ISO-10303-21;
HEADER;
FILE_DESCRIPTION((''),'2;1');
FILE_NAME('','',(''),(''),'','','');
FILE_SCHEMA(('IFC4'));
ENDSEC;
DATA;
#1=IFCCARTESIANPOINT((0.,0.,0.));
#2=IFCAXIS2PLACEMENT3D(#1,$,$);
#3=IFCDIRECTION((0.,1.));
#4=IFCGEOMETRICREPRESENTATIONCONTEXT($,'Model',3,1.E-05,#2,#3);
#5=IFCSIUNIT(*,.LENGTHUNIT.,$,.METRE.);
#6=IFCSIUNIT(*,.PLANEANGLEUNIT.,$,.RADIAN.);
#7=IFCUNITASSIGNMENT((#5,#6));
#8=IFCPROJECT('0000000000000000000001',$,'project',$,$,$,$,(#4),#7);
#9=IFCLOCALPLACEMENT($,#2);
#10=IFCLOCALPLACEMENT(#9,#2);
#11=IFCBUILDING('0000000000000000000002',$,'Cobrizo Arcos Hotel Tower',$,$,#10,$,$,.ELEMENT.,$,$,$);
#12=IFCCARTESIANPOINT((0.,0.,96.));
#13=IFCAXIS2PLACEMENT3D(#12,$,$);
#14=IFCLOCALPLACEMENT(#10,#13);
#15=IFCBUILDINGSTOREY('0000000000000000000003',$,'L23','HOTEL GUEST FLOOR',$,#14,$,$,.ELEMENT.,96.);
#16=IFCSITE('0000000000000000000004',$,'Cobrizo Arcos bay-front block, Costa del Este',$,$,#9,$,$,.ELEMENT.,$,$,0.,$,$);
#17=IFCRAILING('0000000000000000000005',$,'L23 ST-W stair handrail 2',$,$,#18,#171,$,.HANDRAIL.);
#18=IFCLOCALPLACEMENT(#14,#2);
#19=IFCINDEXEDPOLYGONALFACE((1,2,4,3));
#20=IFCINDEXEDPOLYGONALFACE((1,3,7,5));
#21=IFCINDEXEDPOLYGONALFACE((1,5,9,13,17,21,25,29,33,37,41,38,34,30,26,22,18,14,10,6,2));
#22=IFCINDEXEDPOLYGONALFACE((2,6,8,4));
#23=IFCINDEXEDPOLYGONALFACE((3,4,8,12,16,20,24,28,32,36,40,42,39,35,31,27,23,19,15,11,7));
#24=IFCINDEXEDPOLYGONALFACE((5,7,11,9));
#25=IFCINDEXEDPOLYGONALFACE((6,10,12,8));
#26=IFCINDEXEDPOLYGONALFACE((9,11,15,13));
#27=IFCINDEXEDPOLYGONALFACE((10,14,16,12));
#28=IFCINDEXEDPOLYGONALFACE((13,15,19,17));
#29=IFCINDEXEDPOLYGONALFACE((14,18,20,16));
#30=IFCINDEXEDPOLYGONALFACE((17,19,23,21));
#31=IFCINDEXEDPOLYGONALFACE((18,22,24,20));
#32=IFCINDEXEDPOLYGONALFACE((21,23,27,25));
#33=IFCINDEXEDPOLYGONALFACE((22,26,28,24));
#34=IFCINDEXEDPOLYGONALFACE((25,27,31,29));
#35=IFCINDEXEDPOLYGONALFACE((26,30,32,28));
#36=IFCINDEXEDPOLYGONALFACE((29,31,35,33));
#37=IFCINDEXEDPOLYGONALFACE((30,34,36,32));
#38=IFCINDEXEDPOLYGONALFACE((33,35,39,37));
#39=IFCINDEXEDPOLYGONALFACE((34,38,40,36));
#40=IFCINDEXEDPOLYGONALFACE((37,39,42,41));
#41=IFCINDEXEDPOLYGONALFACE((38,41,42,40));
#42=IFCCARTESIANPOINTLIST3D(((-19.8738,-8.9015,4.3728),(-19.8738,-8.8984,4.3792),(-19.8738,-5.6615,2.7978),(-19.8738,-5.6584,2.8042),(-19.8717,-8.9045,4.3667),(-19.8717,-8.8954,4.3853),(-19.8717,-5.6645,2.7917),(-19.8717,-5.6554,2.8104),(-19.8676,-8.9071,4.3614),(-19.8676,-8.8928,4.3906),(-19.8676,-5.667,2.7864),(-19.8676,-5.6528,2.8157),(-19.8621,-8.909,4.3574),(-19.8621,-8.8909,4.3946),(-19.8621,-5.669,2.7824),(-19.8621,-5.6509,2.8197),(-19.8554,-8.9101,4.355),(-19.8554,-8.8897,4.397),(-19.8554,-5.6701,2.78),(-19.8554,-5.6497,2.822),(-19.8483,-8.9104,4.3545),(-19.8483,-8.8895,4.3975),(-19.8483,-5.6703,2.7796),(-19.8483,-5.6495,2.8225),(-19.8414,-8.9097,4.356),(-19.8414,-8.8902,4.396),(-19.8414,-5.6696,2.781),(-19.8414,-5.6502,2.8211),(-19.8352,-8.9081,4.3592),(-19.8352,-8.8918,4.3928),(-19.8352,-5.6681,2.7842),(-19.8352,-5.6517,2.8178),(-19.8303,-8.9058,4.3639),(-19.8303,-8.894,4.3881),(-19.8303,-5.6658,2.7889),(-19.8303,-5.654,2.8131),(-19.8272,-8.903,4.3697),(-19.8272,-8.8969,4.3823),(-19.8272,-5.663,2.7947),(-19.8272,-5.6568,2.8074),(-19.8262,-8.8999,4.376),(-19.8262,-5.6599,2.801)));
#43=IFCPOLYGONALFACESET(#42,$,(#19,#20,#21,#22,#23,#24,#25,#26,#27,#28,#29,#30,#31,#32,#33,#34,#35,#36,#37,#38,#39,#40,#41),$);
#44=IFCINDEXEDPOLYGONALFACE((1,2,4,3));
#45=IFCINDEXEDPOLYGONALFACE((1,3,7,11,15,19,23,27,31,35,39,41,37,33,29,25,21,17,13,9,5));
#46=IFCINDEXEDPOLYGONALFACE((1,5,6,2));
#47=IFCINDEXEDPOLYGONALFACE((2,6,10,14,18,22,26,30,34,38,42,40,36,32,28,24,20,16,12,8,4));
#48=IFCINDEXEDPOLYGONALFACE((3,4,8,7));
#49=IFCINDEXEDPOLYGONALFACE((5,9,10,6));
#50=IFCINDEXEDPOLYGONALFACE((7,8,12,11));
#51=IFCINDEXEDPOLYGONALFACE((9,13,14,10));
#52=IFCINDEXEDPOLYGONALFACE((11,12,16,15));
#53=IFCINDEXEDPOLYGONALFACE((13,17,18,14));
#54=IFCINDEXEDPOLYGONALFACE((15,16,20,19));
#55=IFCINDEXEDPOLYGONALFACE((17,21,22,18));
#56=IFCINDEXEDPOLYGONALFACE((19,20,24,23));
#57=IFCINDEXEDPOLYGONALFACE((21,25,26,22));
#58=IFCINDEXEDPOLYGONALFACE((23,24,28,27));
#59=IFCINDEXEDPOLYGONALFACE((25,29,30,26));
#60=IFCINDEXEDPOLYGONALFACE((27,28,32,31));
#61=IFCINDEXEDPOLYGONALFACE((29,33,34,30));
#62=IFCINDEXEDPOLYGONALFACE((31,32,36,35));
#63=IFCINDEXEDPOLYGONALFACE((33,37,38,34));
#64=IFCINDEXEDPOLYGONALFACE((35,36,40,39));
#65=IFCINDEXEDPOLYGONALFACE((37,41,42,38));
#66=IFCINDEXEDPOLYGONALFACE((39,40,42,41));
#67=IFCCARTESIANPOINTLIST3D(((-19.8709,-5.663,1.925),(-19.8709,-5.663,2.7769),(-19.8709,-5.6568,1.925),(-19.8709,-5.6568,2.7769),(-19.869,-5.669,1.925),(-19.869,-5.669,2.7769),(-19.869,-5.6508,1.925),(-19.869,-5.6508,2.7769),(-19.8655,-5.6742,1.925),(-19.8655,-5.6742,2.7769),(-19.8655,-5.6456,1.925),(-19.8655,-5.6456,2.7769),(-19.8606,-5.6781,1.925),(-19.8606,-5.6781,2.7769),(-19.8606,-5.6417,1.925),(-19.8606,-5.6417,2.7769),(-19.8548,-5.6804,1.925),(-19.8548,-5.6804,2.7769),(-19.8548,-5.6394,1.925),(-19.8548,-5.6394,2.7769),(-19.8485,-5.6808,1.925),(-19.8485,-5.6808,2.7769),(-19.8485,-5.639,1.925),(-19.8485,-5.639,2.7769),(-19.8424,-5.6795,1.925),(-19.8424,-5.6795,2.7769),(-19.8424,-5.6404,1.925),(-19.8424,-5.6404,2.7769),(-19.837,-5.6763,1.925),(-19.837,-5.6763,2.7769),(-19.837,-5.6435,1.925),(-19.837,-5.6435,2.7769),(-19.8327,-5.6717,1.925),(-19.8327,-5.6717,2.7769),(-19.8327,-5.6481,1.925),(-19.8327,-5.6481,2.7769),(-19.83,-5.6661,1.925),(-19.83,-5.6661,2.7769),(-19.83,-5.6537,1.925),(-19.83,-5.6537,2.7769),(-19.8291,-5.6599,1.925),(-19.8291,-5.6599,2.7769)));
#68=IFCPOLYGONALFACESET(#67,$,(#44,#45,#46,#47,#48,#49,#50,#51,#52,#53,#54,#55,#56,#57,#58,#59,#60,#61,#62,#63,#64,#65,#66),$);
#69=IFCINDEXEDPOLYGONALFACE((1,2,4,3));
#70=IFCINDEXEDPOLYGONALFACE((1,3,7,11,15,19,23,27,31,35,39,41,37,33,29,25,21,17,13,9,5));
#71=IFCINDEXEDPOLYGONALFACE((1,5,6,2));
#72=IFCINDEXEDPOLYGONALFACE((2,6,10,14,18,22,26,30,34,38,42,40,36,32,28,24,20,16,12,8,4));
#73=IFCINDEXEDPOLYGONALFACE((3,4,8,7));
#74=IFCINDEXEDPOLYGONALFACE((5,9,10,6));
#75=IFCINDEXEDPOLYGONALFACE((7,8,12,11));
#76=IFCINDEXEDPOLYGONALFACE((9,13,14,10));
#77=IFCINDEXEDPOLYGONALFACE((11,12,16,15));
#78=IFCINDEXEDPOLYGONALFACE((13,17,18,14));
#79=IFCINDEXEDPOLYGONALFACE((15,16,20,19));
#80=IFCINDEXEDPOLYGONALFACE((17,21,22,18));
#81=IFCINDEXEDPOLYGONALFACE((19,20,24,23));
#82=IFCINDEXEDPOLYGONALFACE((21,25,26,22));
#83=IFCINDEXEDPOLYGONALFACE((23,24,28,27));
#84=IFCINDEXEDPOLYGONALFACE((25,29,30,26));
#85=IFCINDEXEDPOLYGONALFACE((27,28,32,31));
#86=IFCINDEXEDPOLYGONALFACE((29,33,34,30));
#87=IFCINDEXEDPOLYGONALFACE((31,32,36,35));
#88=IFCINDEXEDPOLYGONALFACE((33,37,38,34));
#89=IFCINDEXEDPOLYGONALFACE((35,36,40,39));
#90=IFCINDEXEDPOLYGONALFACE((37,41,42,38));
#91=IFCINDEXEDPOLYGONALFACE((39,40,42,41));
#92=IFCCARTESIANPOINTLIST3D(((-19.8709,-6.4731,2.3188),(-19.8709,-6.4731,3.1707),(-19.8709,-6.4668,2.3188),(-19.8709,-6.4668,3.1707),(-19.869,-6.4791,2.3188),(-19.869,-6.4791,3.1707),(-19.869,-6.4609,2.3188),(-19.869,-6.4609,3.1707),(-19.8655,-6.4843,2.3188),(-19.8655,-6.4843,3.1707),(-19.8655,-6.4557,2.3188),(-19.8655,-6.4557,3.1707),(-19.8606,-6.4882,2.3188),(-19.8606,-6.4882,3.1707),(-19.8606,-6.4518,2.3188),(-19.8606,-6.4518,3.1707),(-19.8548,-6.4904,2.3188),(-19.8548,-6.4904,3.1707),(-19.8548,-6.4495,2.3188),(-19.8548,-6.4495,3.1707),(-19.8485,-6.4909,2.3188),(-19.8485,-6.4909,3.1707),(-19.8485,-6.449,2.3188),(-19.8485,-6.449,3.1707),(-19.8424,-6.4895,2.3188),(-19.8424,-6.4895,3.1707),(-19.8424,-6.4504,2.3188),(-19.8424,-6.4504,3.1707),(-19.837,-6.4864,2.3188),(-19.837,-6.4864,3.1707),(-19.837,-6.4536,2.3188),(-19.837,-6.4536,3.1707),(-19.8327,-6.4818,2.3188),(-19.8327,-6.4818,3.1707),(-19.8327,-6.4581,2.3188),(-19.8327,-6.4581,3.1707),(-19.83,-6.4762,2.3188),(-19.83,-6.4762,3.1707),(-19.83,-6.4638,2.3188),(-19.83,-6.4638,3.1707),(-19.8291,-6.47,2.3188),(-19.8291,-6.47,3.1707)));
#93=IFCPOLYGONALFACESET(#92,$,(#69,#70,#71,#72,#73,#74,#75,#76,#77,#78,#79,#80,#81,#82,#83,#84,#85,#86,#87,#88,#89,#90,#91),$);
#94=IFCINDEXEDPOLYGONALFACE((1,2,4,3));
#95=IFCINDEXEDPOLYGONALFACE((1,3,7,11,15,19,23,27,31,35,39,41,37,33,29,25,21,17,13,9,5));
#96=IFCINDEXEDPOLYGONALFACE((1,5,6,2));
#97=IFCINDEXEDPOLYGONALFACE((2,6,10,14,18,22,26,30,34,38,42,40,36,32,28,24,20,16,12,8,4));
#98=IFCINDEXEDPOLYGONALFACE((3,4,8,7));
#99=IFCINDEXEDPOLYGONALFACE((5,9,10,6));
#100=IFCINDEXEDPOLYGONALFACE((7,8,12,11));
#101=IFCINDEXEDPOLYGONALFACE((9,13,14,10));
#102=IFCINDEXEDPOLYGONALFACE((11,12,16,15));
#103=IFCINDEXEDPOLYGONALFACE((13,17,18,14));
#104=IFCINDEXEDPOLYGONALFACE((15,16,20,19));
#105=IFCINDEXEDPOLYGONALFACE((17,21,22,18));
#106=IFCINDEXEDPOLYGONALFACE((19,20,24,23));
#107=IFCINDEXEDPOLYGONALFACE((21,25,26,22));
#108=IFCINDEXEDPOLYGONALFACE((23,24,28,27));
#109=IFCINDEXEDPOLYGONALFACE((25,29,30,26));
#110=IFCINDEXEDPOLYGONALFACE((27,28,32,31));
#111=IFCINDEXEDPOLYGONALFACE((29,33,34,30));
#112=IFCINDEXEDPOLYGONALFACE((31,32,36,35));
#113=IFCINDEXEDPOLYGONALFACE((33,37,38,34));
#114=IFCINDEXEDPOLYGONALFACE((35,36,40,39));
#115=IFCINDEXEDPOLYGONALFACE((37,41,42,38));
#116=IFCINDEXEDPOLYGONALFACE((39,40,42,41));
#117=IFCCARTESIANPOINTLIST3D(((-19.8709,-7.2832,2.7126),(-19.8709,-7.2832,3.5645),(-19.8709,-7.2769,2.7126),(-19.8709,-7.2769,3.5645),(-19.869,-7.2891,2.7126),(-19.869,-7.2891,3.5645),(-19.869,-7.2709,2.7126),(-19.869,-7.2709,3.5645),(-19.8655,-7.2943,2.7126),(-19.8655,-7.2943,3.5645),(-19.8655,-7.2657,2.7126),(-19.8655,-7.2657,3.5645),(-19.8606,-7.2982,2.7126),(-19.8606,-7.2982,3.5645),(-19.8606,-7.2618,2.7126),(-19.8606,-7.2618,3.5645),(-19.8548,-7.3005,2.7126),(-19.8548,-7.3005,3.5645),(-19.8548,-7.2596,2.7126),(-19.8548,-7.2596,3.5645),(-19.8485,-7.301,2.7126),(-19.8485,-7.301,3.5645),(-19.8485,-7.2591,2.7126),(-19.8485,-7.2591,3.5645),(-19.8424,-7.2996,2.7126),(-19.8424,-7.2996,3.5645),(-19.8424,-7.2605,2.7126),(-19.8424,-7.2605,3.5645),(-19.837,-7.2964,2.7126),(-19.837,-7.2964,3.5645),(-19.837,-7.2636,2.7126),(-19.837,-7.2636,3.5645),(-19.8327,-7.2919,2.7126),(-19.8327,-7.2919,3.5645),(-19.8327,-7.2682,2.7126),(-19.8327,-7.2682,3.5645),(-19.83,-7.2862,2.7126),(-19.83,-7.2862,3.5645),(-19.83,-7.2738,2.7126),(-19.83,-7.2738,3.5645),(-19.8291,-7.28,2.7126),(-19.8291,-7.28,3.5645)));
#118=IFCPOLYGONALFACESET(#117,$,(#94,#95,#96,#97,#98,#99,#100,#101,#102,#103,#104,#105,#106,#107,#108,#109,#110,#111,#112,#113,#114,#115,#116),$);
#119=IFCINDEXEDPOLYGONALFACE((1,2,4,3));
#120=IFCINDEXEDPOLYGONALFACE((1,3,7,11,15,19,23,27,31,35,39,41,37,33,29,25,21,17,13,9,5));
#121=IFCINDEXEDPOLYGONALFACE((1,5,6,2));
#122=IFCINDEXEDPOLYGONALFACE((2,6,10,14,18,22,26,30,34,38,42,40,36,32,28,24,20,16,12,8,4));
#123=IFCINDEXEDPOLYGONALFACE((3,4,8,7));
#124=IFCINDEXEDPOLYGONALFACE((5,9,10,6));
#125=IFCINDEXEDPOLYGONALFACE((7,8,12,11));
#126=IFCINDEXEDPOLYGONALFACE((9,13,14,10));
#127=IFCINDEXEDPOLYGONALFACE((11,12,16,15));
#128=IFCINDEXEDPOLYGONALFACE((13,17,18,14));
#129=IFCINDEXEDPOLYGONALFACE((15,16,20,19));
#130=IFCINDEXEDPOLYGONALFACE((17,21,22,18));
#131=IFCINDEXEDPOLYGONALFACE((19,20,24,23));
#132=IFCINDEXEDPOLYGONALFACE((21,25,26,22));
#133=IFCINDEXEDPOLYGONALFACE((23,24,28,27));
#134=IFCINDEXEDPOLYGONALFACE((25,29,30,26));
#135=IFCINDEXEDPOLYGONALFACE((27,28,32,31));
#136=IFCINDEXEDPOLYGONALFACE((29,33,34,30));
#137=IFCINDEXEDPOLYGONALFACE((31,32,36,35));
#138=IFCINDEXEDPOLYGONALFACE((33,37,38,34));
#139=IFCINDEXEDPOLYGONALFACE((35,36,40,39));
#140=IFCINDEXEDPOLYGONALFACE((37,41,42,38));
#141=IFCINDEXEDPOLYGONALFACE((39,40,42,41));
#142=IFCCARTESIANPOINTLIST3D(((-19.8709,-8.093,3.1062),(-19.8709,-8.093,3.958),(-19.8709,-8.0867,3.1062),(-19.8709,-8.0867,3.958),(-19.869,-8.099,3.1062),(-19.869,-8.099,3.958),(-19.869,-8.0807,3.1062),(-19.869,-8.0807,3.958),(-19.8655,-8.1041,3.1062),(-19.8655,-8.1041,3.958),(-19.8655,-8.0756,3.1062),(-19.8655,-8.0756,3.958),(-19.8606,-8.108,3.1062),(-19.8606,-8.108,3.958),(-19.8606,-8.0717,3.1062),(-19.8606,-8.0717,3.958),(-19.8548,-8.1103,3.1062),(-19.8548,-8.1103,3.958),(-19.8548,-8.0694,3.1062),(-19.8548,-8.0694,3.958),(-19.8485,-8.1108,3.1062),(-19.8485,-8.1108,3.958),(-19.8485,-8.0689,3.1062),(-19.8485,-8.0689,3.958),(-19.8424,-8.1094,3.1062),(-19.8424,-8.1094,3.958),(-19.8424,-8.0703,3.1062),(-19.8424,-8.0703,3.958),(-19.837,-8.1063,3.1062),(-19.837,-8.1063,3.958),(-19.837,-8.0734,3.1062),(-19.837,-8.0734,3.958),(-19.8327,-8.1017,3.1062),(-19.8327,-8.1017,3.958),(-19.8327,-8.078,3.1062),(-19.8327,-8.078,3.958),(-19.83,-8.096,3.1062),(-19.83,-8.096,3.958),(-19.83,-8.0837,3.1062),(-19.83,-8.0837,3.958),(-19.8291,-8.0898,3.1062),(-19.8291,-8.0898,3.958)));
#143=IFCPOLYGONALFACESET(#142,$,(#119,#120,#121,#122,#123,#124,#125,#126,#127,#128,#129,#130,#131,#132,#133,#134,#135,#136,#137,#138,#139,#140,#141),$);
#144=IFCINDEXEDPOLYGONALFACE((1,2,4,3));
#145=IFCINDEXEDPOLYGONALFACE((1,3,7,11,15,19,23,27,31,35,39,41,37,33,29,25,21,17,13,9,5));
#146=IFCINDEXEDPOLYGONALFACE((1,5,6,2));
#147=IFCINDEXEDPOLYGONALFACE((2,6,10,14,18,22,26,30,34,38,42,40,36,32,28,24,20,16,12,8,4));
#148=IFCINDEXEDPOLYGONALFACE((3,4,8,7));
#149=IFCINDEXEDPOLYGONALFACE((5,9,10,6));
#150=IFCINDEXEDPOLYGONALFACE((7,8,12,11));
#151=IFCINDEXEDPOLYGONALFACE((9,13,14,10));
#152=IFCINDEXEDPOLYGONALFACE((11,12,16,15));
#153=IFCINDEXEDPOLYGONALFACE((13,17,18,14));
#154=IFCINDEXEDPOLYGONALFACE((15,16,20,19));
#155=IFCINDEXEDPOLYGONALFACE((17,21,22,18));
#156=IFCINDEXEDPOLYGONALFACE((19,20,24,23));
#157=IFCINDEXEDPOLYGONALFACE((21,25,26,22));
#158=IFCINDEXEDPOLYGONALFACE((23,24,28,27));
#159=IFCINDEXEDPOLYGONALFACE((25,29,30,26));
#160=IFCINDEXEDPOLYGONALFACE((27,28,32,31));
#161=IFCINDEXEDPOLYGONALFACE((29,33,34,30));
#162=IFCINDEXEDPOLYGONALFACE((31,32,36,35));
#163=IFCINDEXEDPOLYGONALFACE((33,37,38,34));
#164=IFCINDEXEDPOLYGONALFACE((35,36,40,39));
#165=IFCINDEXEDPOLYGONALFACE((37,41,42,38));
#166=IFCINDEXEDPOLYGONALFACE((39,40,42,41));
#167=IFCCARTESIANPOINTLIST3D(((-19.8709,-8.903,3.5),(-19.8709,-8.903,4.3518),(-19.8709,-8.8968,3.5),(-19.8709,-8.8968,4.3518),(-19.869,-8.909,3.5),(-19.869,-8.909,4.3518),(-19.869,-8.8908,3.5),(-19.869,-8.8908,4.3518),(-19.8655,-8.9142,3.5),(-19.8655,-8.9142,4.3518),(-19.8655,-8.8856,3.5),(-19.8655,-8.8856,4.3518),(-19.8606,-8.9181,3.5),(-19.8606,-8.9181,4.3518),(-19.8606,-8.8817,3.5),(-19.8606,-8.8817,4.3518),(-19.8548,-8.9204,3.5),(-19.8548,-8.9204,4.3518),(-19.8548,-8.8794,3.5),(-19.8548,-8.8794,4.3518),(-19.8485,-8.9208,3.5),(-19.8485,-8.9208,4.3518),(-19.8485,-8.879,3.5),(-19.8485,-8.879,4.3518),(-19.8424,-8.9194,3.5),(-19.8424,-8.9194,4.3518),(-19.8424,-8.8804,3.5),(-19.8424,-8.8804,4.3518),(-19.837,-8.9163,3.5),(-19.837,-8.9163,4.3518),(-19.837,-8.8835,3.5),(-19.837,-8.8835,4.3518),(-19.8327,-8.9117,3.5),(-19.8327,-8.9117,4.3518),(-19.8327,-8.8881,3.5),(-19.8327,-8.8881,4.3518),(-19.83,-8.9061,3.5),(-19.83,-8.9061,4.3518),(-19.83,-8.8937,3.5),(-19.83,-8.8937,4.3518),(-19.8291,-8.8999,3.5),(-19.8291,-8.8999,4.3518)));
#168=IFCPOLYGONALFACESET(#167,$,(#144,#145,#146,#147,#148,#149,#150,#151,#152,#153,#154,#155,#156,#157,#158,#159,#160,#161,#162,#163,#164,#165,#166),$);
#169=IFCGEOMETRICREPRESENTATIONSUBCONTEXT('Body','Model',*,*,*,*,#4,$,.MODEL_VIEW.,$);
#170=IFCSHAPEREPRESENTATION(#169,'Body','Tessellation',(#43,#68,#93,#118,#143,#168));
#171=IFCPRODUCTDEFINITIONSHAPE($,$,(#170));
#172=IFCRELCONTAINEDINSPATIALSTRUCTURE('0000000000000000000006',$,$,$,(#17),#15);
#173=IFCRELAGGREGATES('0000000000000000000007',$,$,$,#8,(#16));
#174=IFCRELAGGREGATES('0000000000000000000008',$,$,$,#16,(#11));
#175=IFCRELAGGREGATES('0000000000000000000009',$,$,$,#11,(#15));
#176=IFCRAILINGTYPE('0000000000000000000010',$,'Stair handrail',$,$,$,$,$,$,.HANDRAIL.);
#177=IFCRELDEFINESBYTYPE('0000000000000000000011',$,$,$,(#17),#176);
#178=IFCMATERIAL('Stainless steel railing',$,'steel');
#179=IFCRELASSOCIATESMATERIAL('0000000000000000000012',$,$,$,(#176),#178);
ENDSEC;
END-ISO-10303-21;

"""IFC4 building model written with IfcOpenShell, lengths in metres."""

from ifc_helpers import new_model, si_unit, direction, frame, origin, origin_2d, place, context, subcontext, project, spatial, circle, extrude, material, type_object, element, save


model = new_model("IFC4")

# Units and contexts
model_context = context("Model", 3, precision=1e-05, world=origin(), true_north=direction((0.0, 1.0)))
body_context = subcontext(model_context, "Body", "Model", "MODEL_VIEW")
ifc_project = project(units=[si_unit("LENGTHUNIT", "METRE"), si_unit("PLANEANGLEUNIT", "RADIAN")], contexts=[model_context])

# Site, building, storey
site_placement = place(None, origin())
site = spatial("IfcSite", under=ifc_project, at=site_placement, Name="Cobrizo Arcos bay-front block, Costa del Este", CompositionType="ELEMENT", RefElevation=0.0)
building_placement = place(site_placement, origin())
building = spatial("IfcBuilding", under=site, at=building_placement, Name="Cobrizo Arcos Hotel Tower", CompositionType="ELEMENT")
storey_placement = place(building_placement, frame((0.0, 0.0, 96.0)))
storey = spatial("IfcBuildingStorey", under=building, at=storey_placement, Name="L23", Description="HOTEL GUEST FLOOR", CompositionType="ELEMENT", Elevation=96.0)

# Railing
ifc_material_1 = material(Name="Stainless steel railing", Category="steel")
railing_type_1 = type_object("IfcRailingType", Name="Stair handrail", PredefinedType="HANDRAIL", material=ifc_material_1)
railing_1_placement = place(storey_placement, frame((-19.8501, -5.6599, 1.925)))
element("IfcRailing", 1, at=railing_1_placement, inside=storey, type_object=railing_type_1, Name="L23 ST-W stair handrail 2", PredefinedType="HANDRAIL", context=body_context, shape_type="SweptSolid", body=[
    extrude(circle(Radius=0.0239, at=origin_2d()), frame((0.0, 0.0, 0.876), z_axis=(0.0, -0.899373, 0.437183), x_axis=(1.0, 0.0, 0.0)), (0.0, 0.0, 1.0), 3.6025),
    extrude(circle(Radius=0.021, at=origin_2d()), origin(), (0.0, 0.0, 1.0), 0.8518),
    extrude(circle(Radius=0.021, at=origin_2d()), frame((0.0, -0.8101, 0.3938)), (0.0, 0.0, 1.0), 0.8518),
    extrude(circle(Radius=0.021, at=origin_2d()), frame((0.0, -1.6201, 0.7876)), (0.0, 0.0, 1.0), 0.8518),
    extrude(circle(Radius=0.021, at=origin_2d()), frame((0.0, -2.4299, 1.1812)), (0.0, 0.0, 1.0), 0.8518),
    extrude(circle(Radius=0.021, at=origin_2d()), frame((0.0, -3.24, 1.575)), (0.0, 0.0, 1.0), 0.8518),
])

save(model, "model.ifc")
